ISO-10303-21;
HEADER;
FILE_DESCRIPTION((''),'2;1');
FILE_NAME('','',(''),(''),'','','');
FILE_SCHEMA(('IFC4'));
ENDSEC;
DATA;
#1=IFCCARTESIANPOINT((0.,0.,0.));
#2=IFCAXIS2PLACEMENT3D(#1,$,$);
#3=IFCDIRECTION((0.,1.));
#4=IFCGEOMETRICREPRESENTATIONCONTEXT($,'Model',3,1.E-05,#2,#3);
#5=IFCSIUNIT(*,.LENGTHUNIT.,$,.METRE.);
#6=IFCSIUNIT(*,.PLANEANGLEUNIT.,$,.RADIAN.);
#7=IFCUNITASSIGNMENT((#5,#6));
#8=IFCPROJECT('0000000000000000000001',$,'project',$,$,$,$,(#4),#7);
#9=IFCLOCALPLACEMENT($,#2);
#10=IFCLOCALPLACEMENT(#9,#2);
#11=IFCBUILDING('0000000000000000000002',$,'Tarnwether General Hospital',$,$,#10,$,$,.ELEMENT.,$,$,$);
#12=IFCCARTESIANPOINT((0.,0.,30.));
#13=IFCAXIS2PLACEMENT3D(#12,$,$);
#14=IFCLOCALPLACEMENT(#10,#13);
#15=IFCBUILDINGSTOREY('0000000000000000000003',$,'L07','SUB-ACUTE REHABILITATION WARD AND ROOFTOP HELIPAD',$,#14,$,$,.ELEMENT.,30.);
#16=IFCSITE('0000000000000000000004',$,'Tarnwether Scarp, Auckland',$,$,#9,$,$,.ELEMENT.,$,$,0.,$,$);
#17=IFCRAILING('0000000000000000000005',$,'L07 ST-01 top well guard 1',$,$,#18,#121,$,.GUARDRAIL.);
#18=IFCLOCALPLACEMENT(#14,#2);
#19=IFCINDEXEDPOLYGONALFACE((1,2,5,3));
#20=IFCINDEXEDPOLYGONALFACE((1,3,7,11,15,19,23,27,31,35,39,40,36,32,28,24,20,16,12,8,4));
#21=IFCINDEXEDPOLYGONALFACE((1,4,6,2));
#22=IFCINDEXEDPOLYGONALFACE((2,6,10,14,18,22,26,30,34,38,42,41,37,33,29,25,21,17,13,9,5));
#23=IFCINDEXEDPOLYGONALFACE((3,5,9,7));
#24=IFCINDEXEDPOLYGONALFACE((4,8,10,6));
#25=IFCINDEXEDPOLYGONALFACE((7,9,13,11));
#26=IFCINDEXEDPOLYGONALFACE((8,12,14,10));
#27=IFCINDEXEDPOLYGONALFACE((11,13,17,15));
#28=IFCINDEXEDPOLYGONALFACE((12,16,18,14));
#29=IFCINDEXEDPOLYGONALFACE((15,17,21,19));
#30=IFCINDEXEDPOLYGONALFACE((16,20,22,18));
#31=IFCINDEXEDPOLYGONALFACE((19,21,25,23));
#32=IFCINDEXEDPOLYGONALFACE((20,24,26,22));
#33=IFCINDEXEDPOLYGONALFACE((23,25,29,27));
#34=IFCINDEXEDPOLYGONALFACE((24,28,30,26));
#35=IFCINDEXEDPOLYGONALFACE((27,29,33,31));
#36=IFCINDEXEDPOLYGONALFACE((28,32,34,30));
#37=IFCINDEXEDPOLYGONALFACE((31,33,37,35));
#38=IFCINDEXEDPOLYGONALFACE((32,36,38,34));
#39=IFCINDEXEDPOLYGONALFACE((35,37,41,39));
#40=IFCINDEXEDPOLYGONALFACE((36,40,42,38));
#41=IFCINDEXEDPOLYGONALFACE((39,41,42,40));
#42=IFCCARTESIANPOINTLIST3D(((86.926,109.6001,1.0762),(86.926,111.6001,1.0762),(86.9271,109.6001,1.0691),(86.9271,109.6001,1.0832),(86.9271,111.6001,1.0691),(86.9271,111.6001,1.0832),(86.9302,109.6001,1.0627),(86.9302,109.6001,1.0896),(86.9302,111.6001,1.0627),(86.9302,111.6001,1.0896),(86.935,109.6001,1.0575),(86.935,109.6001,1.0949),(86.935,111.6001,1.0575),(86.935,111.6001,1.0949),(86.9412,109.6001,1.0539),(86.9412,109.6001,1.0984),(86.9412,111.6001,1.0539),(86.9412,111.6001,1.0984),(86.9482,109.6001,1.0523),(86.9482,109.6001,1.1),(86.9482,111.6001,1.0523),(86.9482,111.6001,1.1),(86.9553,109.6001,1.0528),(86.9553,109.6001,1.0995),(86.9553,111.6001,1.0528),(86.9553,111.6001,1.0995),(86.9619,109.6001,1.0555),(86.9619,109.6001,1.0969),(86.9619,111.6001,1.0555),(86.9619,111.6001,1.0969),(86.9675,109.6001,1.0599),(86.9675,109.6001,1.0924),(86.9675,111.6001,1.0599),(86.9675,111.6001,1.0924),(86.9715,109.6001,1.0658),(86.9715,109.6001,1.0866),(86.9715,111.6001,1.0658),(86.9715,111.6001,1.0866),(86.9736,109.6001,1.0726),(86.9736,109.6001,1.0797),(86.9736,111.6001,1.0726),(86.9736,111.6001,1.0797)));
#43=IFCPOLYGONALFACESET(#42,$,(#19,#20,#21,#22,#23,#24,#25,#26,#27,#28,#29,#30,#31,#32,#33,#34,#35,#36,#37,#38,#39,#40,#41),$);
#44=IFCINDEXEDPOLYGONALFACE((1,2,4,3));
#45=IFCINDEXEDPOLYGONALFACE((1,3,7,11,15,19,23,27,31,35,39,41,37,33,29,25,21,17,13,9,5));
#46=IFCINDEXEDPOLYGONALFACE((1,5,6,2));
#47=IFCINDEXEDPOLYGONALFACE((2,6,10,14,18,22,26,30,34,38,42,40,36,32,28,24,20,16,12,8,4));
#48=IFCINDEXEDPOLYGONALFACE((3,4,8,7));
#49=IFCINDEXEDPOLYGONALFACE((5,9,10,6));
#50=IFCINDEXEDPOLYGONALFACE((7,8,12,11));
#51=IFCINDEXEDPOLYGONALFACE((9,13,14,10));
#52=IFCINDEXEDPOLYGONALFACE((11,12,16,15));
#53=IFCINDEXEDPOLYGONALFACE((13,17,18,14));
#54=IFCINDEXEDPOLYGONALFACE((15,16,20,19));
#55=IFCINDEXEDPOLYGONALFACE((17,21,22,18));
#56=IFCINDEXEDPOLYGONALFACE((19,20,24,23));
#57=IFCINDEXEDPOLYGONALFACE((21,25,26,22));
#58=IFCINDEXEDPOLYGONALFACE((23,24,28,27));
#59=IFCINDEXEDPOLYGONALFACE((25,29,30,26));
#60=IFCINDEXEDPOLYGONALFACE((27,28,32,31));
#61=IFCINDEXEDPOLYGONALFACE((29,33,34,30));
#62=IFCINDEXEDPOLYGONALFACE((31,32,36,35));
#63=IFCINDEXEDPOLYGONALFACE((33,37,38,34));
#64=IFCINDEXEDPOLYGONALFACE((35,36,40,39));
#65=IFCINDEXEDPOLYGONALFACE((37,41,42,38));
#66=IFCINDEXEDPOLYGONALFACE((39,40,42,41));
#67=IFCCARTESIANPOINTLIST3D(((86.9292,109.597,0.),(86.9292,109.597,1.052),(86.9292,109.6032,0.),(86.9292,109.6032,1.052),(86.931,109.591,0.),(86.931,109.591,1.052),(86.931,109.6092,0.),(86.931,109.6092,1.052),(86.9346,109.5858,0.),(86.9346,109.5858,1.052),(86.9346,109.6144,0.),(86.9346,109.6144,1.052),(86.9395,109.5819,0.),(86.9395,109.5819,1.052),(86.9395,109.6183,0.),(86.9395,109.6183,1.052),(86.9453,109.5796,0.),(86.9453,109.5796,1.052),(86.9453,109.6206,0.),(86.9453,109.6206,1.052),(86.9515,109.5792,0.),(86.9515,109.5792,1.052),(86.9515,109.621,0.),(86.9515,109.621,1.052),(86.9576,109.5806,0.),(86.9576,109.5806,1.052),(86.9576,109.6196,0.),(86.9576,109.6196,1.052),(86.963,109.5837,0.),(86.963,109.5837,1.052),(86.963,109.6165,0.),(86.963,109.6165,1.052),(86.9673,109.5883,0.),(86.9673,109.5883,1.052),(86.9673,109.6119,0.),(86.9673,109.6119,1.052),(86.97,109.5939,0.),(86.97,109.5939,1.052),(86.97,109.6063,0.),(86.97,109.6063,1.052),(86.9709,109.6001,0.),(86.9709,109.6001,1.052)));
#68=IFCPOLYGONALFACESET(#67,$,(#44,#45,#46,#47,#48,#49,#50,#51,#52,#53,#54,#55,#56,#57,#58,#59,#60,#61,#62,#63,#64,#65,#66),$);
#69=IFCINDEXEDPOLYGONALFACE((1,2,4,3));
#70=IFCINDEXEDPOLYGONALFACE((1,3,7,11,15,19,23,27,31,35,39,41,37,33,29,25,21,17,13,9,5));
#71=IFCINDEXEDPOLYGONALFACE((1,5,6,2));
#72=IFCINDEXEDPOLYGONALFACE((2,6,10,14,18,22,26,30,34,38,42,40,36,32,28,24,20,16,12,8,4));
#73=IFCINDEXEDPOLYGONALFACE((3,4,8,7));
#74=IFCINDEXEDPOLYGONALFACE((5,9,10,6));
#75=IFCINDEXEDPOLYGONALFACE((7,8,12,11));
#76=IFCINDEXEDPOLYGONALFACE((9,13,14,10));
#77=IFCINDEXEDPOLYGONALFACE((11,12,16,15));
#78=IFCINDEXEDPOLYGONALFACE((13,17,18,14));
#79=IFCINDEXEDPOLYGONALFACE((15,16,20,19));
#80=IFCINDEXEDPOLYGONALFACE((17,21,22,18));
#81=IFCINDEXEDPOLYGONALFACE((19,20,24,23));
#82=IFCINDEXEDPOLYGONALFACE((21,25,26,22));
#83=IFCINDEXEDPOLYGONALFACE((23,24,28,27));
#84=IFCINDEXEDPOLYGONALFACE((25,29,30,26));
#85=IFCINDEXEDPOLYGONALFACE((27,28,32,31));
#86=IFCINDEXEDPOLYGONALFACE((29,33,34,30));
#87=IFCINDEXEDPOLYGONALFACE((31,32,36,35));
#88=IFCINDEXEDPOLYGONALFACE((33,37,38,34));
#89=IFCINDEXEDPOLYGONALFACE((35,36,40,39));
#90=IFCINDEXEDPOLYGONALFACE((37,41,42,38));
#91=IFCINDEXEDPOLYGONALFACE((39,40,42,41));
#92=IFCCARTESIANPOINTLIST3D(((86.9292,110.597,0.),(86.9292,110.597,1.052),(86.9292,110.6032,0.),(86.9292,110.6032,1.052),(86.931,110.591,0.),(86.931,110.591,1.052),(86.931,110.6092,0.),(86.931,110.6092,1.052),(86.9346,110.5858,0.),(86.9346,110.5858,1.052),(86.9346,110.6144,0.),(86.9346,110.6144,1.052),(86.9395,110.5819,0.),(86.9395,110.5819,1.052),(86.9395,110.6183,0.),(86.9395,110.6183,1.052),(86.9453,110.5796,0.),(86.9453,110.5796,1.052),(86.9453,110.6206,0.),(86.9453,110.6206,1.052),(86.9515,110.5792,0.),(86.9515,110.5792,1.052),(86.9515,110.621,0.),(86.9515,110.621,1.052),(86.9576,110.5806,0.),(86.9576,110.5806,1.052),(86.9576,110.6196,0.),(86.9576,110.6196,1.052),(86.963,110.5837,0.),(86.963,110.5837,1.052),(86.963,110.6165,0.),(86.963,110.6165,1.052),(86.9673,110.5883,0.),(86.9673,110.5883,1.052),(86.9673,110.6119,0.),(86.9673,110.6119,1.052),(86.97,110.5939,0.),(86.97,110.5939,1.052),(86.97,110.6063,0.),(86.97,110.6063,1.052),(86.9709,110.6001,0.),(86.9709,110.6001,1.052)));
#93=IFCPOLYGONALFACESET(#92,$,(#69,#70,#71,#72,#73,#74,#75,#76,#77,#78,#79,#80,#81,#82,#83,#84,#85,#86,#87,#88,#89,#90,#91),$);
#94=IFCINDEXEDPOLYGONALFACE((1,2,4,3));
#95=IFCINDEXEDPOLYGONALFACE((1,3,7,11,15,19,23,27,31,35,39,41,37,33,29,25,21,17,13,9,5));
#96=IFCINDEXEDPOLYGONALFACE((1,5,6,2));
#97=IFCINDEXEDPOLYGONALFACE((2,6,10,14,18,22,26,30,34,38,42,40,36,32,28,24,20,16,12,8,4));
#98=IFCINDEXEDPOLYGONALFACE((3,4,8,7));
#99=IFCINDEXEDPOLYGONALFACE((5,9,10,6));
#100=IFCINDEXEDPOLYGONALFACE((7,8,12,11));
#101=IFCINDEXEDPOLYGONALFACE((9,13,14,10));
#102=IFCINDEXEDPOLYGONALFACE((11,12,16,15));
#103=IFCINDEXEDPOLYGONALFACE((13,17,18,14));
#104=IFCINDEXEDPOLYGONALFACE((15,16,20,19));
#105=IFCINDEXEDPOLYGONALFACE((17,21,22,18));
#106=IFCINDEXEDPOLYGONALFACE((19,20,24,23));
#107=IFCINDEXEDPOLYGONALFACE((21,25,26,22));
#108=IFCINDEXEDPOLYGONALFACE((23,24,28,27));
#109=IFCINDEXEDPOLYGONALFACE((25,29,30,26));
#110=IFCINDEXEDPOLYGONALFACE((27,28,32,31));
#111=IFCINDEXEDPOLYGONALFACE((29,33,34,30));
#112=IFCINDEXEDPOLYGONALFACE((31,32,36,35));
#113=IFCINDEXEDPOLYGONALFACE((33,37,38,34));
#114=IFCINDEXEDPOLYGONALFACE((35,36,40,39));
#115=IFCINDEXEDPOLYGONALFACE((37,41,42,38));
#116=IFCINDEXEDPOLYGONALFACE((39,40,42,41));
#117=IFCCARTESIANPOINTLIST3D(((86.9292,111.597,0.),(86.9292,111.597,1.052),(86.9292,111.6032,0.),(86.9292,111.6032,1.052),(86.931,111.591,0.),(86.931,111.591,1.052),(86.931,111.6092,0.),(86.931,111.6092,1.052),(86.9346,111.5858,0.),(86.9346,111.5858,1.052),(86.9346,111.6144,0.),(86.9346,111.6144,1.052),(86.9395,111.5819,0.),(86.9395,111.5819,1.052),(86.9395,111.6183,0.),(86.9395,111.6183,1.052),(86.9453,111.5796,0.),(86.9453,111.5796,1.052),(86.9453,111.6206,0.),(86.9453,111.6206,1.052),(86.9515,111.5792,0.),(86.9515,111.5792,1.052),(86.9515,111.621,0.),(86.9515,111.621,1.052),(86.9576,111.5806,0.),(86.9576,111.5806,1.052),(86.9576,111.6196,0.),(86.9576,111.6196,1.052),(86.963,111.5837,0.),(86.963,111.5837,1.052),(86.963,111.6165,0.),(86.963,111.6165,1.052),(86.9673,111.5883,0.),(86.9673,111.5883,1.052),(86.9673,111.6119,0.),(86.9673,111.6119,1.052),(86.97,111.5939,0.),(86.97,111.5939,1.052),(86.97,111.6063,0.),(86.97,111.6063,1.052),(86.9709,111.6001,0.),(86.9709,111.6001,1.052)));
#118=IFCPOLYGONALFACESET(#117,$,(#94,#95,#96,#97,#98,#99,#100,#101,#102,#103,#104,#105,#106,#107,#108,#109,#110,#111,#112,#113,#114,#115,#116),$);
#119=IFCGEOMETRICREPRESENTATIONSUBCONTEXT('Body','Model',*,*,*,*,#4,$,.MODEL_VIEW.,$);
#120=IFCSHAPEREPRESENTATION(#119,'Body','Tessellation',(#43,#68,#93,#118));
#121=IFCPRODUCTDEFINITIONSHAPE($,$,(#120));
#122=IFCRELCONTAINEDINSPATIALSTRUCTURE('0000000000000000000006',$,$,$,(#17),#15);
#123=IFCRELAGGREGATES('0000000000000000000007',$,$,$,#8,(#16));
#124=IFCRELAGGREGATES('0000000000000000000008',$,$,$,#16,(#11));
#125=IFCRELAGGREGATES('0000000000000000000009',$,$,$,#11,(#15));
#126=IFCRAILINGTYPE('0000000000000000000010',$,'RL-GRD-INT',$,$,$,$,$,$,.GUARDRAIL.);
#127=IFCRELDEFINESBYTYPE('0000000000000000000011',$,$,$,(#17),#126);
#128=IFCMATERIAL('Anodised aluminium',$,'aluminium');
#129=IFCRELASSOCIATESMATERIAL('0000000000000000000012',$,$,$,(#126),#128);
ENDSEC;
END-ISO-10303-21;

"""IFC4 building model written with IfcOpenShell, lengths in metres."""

from ifc_helpers import new_model, si_unit, direction, frame, origin, origin_2d, place, context, subcontext, project, spatial, circle, extrude, material, type_object, element, save


model = new_model("IFC4")

# Units and contexts
model_context = context("Model", 3, precision=1e-05, world=origin(), true_north=direction((0.0, 1.0)))
body_context = subcontext(model_context, "Body", "Model", "MODEL_VIEW")
ifc_project = project(units=[si_unit("LENGTHUNIT", "METRE"), si_unit("PLANEANGLEUNIT", "RADIAN")], contexts=[model_context])

# Site, building, storey
site_placement = place(None, origin())
site = spatial("IfcSite", under=ifc_project, at=site_placement, Name="Tarnwether Scarp, Auckland", CompositionType="ELEMENT", RefElevation=0.0)
building_placement = place(site_placement, origin())
building = spatial("IfcBuilding", under=site, at=building_placement, Name="Tarnwether General Hospital", CompositionType="ELEMENT")
storey_placement = place(building_placement, frame((0.0, 0.0, 30.0)))
storey = spatial("IfcBuildingStorey", under=building, at=storey_placement, Name="L07", Description="SUB-ACUTE REHABILITATION WARD AND ROOFTOP HELIPAD", CompositionType="ELEMENT", Elevation=30.0)

# Railing
ifc_material_1 = material(Name="Anodised aluminium", Category="aluminium")
railing_type = type_object("IfcRailingType", Name="RL-GRD-INT", PredefinedType="GUARDRAIL", material=ifc_material_1)
railing_placement = place(storey_placement, frame((86.95, 109.6001, 0.0)))
element("IfcRailing", 1, at=railing_placement, inside=storey, type_object=railing_type, Name="L07 ST-01 top well guard 1", PredefinedType="GUARDRAIL", context=body_context, shape_type="SweptSolid", body=[
    extrude(circle(Radius=0.0239, at=origin_2d()), frame((0.0, 0.0, 1.0762), z_axis=(0.0, 1.0, 0.0), x_axis=(-1.0, 0.0, 0.0)), (0.0, 0.0, 1.0), 2.0),
    extrude(circle(Radius=0.021, at=origin_2d()), origin(), (0.0, 0.0, 1.0), 1.052),
    extrude(circle(Radius=0.021, at=origin_2d()), frame((0.0, 1.0, 0.0)), (0.0, 0.0, 1.0), 1.052),
    extrude(circle(Radius=0.021, at=origin_2d()), frame((0.0, 2.0, 0.0)), (0.0, 0.0, 1.0), 1.052),
])

save(model, "model.ifc")
